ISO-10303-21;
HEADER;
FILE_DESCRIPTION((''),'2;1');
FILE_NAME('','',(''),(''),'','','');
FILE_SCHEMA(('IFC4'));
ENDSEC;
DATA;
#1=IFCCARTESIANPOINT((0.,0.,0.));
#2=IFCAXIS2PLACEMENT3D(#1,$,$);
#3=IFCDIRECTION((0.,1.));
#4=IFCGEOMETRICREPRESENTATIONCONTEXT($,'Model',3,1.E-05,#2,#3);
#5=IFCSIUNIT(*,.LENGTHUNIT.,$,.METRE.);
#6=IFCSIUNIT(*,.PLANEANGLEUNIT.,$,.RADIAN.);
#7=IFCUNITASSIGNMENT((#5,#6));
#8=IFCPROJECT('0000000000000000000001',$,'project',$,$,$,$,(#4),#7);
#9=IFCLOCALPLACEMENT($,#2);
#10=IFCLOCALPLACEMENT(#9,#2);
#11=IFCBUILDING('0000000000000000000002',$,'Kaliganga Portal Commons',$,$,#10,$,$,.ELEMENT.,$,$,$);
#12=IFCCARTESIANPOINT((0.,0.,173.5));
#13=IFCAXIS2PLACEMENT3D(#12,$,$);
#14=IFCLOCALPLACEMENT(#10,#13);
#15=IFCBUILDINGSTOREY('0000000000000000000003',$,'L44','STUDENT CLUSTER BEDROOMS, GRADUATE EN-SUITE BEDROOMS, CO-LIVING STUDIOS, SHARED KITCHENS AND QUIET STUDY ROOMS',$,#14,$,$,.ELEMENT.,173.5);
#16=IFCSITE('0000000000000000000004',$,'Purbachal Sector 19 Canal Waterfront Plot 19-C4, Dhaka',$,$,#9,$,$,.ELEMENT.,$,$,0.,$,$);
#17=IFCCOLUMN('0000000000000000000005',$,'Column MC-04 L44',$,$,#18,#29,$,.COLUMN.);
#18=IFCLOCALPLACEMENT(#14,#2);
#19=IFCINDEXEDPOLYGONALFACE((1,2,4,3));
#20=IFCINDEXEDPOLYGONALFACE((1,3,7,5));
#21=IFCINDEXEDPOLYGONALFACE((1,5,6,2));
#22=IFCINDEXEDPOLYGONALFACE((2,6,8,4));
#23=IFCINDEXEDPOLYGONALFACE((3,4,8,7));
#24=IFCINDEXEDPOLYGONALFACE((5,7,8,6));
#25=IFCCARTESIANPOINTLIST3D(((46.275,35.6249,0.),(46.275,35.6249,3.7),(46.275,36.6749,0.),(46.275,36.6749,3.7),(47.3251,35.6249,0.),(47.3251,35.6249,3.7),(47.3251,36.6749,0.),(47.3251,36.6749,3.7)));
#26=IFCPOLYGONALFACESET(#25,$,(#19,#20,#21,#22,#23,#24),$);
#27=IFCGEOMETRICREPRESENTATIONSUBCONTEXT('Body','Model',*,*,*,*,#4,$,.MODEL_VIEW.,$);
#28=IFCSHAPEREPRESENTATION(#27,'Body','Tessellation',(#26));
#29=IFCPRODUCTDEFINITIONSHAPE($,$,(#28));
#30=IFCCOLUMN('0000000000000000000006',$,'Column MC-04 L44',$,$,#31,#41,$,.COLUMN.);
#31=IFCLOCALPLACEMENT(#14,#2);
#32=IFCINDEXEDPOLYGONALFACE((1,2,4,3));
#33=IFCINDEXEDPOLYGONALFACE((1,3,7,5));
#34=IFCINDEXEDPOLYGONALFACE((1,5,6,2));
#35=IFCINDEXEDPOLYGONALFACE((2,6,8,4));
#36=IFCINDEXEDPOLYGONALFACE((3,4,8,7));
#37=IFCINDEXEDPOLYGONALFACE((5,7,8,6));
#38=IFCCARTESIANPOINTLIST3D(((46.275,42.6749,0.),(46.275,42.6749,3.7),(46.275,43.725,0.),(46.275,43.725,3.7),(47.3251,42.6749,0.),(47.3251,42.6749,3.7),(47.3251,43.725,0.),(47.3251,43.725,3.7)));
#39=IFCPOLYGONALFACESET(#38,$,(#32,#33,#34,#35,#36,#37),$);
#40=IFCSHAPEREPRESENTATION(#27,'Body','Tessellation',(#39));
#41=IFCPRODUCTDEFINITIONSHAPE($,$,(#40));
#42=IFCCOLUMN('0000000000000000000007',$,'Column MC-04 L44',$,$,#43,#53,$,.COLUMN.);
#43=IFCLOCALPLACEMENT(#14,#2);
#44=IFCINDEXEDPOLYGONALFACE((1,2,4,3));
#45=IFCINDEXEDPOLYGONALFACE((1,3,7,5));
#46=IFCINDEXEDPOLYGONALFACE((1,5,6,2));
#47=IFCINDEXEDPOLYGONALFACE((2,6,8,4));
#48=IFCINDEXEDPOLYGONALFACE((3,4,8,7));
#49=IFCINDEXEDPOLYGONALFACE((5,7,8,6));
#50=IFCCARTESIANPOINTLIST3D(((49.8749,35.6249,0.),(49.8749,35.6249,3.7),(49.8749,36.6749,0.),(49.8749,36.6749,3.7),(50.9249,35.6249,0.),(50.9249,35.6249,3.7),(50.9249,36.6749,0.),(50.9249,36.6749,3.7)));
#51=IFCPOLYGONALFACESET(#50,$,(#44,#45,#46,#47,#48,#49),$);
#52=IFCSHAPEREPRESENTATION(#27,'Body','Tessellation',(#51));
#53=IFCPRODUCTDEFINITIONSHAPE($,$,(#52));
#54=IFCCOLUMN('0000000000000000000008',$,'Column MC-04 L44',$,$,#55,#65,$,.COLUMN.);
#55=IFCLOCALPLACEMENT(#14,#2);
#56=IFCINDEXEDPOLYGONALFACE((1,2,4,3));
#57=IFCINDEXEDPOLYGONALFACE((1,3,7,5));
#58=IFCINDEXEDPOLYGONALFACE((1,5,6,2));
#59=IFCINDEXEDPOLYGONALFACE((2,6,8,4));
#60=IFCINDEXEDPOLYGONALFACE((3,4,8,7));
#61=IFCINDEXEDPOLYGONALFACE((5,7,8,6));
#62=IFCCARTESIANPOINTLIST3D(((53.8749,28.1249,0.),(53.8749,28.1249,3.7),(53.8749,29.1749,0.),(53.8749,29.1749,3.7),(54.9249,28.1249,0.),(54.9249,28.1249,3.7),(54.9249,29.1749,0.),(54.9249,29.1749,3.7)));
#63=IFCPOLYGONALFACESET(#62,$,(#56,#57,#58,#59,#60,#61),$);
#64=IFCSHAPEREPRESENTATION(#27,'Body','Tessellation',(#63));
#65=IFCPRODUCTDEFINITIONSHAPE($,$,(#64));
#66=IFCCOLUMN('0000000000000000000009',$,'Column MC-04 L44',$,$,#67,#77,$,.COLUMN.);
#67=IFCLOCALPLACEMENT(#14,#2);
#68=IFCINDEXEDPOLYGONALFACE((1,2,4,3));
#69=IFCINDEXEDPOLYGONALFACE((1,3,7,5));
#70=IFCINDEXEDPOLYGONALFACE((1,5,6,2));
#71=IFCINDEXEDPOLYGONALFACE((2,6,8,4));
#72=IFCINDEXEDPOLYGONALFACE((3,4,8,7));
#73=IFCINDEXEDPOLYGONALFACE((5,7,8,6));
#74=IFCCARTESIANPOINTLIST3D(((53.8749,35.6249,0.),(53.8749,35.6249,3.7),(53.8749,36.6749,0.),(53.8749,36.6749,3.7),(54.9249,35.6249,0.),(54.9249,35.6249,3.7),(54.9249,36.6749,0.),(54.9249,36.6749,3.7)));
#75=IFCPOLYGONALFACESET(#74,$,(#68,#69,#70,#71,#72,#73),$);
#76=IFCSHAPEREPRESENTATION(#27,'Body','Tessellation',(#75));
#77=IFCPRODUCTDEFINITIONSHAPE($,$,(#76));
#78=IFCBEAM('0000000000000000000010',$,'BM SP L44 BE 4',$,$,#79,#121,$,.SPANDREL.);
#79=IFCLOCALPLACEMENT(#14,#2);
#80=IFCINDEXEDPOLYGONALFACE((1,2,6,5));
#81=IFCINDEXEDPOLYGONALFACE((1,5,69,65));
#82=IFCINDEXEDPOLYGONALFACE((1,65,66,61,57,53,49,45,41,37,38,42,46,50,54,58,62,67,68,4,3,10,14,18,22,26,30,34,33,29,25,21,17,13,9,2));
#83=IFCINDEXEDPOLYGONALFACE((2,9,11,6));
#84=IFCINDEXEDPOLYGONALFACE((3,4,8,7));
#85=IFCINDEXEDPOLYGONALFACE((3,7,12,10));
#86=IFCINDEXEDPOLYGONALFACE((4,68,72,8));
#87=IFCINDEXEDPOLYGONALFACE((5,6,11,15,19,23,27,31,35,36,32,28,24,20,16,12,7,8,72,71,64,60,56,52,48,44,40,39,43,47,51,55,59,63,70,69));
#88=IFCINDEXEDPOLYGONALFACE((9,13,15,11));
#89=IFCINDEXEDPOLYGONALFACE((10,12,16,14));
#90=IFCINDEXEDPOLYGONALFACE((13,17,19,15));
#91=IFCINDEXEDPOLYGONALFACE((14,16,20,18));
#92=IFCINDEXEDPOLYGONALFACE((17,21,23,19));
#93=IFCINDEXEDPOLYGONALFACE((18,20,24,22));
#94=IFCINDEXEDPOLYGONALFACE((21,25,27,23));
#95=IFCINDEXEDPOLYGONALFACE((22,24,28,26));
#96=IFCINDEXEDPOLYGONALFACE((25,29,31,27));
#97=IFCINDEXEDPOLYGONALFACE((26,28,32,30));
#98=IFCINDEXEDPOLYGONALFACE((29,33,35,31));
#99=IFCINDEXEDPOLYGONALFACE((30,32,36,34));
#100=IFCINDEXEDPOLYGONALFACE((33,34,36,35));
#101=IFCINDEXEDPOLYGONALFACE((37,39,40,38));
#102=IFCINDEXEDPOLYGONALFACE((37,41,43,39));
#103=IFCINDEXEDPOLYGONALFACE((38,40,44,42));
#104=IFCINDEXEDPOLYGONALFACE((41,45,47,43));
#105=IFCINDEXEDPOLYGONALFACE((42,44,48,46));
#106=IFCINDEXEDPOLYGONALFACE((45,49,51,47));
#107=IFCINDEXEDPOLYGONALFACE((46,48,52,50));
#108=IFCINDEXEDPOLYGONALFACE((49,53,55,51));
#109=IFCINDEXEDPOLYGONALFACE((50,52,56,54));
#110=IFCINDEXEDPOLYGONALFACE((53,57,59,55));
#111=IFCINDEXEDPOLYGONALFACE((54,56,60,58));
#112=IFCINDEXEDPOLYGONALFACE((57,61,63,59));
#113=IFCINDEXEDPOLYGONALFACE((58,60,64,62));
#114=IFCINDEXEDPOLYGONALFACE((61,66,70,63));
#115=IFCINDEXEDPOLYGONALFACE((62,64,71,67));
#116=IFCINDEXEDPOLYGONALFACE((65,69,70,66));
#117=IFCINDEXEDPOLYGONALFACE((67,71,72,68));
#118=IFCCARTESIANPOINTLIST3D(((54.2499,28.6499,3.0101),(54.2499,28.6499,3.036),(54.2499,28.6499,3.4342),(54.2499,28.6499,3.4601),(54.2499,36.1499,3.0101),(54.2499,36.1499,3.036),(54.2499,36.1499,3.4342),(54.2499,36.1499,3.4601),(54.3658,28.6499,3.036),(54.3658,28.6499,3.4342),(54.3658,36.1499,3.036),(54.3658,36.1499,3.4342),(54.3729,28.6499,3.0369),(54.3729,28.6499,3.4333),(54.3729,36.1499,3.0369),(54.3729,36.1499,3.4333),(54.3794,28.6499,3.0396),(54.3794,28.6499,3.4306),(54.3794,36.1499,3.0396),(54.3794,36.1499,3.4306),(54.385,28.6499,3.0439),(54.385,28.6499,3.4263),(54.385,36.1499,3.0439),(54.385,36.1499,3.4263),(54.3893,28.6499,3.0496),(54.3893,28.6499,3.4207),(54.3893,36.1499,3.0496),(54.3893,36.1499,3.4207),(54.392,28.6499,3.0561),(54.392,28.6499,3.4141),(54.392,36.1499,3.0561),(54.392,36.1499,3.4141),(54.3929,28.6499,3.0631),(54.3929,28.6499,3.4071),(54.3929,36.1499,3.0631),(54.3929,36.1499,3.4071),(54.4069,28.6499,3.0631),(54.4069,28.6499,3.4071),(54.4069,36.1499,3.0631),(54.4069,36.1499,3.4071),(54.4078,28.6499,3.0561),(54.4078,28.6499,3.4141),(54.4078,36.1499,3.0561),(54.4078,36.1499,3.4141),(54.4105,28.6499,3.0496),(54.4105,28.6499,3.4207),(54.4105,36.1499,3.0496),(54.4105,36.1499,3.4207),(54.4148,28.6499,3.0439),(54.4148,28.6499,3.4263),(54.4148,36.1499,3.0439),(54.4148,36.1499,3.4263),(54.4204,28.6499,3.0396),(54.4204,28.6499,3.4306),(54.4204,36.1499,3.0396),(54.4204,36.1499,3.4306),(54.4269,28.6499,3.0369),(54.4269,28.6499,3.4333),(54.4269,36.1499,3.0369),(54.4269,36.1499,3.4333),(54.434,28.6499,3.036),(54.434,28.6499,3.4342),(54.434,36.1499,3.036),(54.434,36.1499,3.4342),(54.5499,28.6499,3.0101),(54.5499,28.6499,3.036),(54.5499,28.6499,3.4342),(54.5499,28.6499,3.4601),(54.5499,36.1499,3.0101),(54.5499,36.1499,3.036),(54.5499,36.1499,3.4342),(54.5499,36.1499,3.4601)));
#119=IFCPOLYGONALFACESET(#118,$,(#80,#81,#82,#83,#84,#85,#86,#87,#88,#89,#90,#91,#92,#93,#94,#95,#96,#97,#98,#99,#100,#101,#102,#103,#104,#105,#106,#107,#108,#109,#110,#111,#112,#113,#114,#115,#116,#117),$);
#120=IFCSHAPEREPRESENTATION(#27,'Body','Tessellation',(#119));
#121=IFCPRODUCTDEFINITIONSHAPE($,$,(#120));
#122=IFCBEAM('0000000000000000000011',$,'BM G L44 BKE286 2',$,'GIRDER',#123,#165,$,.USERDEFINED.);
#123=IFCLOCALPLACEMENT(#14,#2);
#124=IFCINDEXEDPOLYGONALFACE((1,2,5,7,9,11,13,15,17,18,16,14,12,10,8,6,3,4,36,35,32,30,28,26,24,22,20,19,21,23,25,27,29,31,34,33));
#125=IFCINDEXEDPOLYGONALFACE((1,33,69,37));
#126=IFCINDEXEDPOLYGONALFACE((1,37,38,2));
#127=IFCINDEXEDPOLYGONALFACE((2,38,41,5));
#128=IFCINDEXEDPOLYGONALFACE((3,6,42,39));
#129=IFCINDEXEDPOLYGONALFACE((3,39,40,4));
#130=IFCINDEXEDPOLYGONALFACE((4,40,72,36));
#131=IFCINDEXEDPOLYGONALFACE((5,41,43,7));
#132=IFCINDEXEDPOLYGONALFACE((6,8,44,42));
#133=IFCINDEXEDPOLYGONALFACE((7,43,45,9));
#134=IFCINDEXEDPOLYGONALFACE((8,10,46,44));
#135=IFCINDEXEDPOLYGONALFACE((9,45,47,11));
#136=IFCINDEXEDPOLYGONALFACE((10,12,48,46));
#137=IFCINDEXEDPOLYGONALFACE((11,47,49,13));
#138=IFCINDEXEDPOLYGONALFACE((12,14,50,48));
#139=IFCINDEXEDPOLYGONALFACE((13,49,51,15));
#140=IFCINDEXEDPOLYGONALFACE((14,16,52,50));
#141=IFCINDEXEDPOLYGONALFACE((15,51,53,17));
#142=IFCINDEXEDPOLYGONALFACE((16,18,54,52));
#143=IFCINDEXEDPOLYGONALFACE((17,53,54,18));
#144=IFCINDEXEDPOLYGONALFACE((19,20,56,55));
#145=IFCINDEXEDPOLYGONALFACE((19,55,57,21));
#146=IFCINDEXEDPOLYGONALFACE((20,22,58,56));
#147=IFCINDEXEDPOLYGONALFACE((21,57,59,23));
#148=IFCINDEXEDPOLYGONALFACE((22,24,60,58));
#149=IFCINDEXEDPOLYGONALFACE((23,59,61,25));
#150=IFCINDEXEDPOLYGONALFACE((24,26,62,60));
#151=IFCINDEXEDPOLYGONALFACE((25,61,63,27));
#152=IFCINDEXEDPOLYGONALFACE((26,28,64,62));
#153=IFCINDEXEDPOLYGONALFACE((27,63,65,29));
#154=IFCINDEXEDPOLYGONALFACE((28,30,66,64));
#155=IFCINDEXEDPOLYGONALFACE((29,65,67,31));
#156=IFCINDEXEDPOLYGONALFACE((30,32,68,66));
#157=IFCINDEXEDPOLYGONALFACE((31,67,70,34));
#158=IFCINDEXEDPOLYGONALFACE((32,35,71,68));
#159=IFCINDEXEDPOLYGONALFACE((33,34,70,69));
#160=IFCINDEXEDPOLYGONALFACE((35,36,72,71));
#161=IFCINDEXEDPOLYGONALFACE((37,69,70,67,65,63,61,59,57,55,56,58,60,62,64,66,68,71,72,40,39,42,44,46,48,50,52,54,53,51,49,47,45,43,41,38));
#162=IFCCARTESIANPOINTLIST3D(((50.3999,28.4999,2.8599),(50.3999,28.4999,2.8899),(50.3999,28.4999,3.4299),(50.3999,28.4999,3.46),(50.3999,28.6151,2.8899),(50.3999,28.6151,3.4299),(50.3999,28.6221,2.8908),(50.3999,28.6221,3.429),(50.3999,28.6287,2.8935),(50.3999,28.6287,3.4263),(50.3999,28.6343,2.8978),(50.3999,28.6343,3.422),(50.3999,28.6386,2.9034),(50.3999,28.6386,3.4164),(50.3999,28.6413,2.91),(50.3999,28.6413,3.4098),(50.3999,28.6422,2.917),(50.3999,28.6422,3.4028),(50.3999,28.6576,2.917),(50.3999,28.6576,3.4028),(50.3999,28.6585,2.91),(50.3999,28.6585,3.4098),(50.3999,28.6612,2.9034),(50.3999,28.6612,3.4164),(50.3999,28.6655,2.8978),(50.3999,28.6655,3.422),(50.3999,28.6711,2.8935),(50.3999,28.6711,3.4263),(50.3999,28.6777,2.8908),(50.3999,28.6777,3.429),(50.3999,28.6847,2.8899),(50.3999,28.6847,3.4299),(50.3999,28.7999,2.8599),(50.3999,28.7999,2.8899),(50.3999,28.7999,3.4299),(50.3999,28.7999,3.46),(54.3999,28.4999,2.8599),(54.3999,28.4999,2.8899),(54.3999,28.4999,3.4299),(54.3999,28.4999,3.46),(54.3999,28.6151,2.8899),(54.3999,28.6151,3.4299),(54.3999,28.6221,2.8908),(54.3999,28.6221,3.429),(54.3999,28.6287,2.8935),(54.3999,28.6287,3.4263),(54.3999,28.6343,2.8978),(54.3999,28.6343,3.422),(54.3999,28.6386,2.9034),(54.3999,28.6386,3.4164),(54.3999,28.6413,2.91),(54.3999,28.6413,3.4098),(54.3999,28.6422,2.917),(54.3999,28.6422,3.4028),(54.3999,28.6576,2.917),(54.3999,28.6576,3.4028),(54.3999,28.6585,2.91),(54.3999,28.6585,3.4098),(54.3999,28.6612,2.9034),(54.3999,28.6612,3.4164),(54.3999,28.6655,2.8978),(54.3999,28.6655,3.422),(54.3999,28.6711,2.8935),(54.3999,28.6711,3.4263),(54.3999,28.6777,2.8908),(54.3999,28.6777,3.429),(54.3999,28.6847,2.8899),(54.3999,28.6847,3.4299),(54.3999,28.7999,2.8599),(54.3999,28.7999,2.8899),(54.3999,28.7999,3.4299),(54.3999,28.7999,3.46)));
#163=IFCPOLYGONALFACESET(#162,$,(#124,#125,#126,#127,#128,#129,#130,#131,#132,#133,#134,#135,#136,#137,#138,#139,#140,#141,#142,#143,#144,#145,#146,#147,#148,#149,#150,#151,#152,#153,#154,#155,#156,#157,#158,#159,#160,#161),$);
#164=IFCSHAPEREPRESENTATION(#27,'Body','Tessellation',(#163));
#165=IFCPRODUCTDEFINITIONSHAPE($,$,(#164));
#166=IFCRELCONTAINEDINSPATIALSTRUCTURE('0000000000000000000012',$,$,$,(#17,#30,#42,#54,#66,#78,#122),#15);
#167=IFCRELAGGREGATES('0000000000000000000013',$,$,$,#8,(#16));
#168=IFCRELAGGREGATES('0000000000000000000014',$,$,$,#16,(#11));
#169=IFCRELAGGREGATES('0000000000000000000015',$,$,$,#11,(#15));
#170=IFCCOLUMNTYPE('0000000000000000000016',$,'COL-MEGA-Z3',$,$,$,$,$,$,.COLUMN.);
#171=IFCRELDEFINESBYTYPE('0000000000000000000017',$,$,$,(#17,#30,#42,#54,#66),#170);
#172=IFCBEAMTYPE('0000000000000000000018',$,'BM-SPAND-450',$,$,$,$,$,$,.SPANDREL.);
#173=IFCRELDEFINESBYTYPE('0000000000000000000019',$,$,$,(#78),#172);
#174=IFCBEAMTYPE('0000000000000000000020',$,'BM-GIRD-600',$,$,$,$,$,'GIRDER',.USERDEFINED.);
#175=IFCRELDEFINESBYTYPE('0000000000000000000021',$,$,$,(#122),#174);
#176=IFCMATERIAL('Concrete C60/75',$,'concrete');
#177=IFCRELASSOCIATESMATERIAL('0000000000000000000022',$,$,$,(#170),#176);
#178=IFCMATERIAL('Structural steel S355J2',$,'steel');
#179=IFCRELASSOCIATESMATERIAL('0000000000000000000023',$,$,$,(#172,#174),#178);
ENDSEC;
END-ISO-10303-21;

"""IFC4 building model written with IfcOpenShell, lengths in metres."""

from ifc_helpers import new_model, si_unit, direction, frame, origin, origin_2d, place, context, subcontext, project, spatial, rectangle, i_section, extrude, source, transform, mapped, material, material_profile, profile_set, type_object, element, save


model = new_model("IFC4")

# Units and contexts
model_context = context("Model", 3, precision=1e-05, world=origin(), true_north=direction((0.0, 1.0)))
body_context = subcontext(model_context, "Body", "Model", "MODEL_VIEW")
ifc_project = project(units=[si_unit("LENGTHUNIT", "METRE"), si_unit("PLANEANGLEUNIT", "RADIAN")], contexts=[model_context])

# Site, building, storey
site_placement = place(None, origin())
site = spatial("IfcSite", under=ifc_project, at=site_placement, Name="Purbachal Sector 19 Canal Waterfront Plot 19-C4, Dhaka", CompositionType="ELEMENT", RefElevation=0.0)
building_placement = place(site_placement, origin())
building = spatial("IfcBuilding", under=site, at=building_placement, Name="Kaliganga Portal Commons", CompositionType="ELEMENT")
storey_placement = place(building_placement, frame((0.0, 0.0, 173.5)))
storey = spatial("IfcBuildingStorey", under=building, at=storey_placement, Name="L44", Description="STUDENT CLUSTER BEDROOMS, GRADUATE EN-SUITE BEDROOMS, CO-LIVING STUDIOS, SHARED KITCHENS AND QUIET STUDY ROOMS", CompositionType="ELEMENT", Elevation=173.5)

# Columns
ifc_material_1 = material(Name="Concrete C60/75", Category="concrete")
ifc_material_profile_1 = material_profile(ifc_material_1, rectangle(XDim=1.05, YDim=1.05, at=origin_2d()), Name="RC 1050x1050")
ifc_profile_set_1 = profile_set([ifc_material_profile_1], Name="Concrete C60/75")
column_type = type_object("IfcColumnType", Name="COL-MEGA-Z3", PredefinedType="COLUMN", material=ifc_profile_set_1)
shared_shape_1 = source(origin(), body_context, "Body", "SweptSolid", [
    extrude(rectangle(XDim=1.05, YDim=1.05, at=origin_2d()), origin(), (0.0, 0.0, 1.0), 3.7),
])
for number, where, z_axis, x_axis, name in (
    (1, (46.8, 36.1499, 0.0), (0.0, 0.0, 1.0), (1.0, 0.0, 0.0), "Column MC-04 L44"),
    (2, (46.8, 43.2, 0.0), (0.0, 0.0, 1.0), (1.0, 0.0, 0.0), "Column MC-04 L44"),
    (3, (50.3999, 36.1499, 0.0), (0.0, 0.0, 1.0), (1.0, 0.0, 0.0), "Column MC-04 L44"),
    (4, (54.3999, 28.6499, 0.0), (0.0, 0.0, 1.0), (1.0, 0.0, 0.0), "Column MC-04 L44"),
    (5, (54.3999, 36.1499, 0.0), (0.0, 0.0, 1.0), (1.0, 0.0, 0.0), "Column MC-04 L44"),
):
    element("IfcColumn", number, at=place(storey_placement, frame(where, z_axis=z_axis, x_axis=x_axis)), inside=storey, type_object=column_type, Name=name, PredefinedType="COLUMN", context=body_context, shape_type="MappedRepresentation", body=[
        mapped(shared_shape_1, transform((0.0, 0.0, 0.0), x_axis=(1.0, 0.0, 0.0), y_axis=(0.0, 1.0, 0.0), z_axis=(0.0, 0.0, 1.0), scale=1.0)),
    ])

# Beams
ifc_material_2 = material(Name="Structural steel S355J2", Category="steel")
ifc_material_profile_2 = material_profile(ifc_material_2, i_section(OverallWidth=0.3, OverallDepth=0.45, WebThickness=0.0139, FlangeThickness=0.0259, FilletRadius=0.0271, at=origin_2d()), Name="HE 450 B")
ifc_profile_set_2 = profile_set([ifc_material_profile_2], Name="Structural steel S355J2 wide-flange")
beam_type_1 = type_object("IfcBeamType", Name="BM-SPAND-450", PredefinedType="SPANDREL", material=ifc_profile_set_2)
shared_shape_2 = source(origin(), body_context, "Body", "SweptSolid", [
    extrude(i_section(OverallWidth=0.3, OverallDepth=0.45, WebThickness=0.0139, FlangeThickness=0.0259, FilletRadius=0.0271, at=origin_2d()), origin(), (0.0, 0.0, 1.0), 7.5),
])
beam_1_placement = place(storey_placement, frame((54.3999, 28.6499, 3.2351), z_axis=(0.0, 1.0, 0.0), x_axis=(-1.0, 0.0, 0.0)))
element("IfcBeam", 6, at=beam_1_placement, inside=storey, type_object=beam_type_1, Name="BM SP L44 BE 4", PredefinedType="SPANDREL", context=body_context, shape_type="MappedRepresentation", body=[
    mapped(shared_shape_2, transform((0.0, 0.0, 0.0), x_axis=(1.0, 0.0, 0.0), y_axis=(0.0, 1.0, 0.0), z_axis=(0.0, 0.0, 1.0), scale=1.0)),
])
ifc_material_profile_3 = material_profile(ifc_material_2, i_section(OverallWidth=0.3, OverallDepth=0.6001, WebThickness=0.0154, FlangeThickness=0.03, FilletRadius=0.0271, at=origin_2d()), Name="HE 600 B")
ifc_profile_set_3 = profile_set([ifc_material_profile_3], Name="Structural steel S355J2 wide-flange")
beam_type_2 = type_object("IfcBeamType", Name="BM-GIRD-600", ElementType="GIRDER", PredefinedType="USERDEFINED", material=ifc_profile_set_3)
shared_shape_3 = source(origin(), body_context, "Body", "SweptSolid", [
    extrude(i_section(OverallWidth=0.3, OverallDepth=0.6001, WebThickness=0.0154, FlangeThickness=0.03, FilletRadius=0.0271, at=origin_2d()), origin(), (0.0, 0.0, 1.0), 4.0),
])
for number, where, z_axis, x_axis, name in (
    (7, (50.3999, 28.6499, 3.1599), (1.0, 0.0, 0.0), (0.0, 1.0, 0.0), "BM G L44 BKE286 2"),
):
    element("IfcBeam", number, at=place(storey_placement, frame(where, z_axis=z_axis, x_axis=x_axis)), inside=storey, type_object=beam_type_2, Name=name, ObjectType="GIRDER", PredefinedType="USERDEFINED", context=body_context, shape_type="MappedRepresentation", body=[
        mapped(shared_shape_3, transform((0.0, 0.0, 0.0), x_axis=(1.0, 0.0, 0.0), y_axis=(0.0, 1.0, 0.0), z_axis=(0.0, 0.0, 1.0), scale=1.0)),
    ])

save(model, "model.ifc")
